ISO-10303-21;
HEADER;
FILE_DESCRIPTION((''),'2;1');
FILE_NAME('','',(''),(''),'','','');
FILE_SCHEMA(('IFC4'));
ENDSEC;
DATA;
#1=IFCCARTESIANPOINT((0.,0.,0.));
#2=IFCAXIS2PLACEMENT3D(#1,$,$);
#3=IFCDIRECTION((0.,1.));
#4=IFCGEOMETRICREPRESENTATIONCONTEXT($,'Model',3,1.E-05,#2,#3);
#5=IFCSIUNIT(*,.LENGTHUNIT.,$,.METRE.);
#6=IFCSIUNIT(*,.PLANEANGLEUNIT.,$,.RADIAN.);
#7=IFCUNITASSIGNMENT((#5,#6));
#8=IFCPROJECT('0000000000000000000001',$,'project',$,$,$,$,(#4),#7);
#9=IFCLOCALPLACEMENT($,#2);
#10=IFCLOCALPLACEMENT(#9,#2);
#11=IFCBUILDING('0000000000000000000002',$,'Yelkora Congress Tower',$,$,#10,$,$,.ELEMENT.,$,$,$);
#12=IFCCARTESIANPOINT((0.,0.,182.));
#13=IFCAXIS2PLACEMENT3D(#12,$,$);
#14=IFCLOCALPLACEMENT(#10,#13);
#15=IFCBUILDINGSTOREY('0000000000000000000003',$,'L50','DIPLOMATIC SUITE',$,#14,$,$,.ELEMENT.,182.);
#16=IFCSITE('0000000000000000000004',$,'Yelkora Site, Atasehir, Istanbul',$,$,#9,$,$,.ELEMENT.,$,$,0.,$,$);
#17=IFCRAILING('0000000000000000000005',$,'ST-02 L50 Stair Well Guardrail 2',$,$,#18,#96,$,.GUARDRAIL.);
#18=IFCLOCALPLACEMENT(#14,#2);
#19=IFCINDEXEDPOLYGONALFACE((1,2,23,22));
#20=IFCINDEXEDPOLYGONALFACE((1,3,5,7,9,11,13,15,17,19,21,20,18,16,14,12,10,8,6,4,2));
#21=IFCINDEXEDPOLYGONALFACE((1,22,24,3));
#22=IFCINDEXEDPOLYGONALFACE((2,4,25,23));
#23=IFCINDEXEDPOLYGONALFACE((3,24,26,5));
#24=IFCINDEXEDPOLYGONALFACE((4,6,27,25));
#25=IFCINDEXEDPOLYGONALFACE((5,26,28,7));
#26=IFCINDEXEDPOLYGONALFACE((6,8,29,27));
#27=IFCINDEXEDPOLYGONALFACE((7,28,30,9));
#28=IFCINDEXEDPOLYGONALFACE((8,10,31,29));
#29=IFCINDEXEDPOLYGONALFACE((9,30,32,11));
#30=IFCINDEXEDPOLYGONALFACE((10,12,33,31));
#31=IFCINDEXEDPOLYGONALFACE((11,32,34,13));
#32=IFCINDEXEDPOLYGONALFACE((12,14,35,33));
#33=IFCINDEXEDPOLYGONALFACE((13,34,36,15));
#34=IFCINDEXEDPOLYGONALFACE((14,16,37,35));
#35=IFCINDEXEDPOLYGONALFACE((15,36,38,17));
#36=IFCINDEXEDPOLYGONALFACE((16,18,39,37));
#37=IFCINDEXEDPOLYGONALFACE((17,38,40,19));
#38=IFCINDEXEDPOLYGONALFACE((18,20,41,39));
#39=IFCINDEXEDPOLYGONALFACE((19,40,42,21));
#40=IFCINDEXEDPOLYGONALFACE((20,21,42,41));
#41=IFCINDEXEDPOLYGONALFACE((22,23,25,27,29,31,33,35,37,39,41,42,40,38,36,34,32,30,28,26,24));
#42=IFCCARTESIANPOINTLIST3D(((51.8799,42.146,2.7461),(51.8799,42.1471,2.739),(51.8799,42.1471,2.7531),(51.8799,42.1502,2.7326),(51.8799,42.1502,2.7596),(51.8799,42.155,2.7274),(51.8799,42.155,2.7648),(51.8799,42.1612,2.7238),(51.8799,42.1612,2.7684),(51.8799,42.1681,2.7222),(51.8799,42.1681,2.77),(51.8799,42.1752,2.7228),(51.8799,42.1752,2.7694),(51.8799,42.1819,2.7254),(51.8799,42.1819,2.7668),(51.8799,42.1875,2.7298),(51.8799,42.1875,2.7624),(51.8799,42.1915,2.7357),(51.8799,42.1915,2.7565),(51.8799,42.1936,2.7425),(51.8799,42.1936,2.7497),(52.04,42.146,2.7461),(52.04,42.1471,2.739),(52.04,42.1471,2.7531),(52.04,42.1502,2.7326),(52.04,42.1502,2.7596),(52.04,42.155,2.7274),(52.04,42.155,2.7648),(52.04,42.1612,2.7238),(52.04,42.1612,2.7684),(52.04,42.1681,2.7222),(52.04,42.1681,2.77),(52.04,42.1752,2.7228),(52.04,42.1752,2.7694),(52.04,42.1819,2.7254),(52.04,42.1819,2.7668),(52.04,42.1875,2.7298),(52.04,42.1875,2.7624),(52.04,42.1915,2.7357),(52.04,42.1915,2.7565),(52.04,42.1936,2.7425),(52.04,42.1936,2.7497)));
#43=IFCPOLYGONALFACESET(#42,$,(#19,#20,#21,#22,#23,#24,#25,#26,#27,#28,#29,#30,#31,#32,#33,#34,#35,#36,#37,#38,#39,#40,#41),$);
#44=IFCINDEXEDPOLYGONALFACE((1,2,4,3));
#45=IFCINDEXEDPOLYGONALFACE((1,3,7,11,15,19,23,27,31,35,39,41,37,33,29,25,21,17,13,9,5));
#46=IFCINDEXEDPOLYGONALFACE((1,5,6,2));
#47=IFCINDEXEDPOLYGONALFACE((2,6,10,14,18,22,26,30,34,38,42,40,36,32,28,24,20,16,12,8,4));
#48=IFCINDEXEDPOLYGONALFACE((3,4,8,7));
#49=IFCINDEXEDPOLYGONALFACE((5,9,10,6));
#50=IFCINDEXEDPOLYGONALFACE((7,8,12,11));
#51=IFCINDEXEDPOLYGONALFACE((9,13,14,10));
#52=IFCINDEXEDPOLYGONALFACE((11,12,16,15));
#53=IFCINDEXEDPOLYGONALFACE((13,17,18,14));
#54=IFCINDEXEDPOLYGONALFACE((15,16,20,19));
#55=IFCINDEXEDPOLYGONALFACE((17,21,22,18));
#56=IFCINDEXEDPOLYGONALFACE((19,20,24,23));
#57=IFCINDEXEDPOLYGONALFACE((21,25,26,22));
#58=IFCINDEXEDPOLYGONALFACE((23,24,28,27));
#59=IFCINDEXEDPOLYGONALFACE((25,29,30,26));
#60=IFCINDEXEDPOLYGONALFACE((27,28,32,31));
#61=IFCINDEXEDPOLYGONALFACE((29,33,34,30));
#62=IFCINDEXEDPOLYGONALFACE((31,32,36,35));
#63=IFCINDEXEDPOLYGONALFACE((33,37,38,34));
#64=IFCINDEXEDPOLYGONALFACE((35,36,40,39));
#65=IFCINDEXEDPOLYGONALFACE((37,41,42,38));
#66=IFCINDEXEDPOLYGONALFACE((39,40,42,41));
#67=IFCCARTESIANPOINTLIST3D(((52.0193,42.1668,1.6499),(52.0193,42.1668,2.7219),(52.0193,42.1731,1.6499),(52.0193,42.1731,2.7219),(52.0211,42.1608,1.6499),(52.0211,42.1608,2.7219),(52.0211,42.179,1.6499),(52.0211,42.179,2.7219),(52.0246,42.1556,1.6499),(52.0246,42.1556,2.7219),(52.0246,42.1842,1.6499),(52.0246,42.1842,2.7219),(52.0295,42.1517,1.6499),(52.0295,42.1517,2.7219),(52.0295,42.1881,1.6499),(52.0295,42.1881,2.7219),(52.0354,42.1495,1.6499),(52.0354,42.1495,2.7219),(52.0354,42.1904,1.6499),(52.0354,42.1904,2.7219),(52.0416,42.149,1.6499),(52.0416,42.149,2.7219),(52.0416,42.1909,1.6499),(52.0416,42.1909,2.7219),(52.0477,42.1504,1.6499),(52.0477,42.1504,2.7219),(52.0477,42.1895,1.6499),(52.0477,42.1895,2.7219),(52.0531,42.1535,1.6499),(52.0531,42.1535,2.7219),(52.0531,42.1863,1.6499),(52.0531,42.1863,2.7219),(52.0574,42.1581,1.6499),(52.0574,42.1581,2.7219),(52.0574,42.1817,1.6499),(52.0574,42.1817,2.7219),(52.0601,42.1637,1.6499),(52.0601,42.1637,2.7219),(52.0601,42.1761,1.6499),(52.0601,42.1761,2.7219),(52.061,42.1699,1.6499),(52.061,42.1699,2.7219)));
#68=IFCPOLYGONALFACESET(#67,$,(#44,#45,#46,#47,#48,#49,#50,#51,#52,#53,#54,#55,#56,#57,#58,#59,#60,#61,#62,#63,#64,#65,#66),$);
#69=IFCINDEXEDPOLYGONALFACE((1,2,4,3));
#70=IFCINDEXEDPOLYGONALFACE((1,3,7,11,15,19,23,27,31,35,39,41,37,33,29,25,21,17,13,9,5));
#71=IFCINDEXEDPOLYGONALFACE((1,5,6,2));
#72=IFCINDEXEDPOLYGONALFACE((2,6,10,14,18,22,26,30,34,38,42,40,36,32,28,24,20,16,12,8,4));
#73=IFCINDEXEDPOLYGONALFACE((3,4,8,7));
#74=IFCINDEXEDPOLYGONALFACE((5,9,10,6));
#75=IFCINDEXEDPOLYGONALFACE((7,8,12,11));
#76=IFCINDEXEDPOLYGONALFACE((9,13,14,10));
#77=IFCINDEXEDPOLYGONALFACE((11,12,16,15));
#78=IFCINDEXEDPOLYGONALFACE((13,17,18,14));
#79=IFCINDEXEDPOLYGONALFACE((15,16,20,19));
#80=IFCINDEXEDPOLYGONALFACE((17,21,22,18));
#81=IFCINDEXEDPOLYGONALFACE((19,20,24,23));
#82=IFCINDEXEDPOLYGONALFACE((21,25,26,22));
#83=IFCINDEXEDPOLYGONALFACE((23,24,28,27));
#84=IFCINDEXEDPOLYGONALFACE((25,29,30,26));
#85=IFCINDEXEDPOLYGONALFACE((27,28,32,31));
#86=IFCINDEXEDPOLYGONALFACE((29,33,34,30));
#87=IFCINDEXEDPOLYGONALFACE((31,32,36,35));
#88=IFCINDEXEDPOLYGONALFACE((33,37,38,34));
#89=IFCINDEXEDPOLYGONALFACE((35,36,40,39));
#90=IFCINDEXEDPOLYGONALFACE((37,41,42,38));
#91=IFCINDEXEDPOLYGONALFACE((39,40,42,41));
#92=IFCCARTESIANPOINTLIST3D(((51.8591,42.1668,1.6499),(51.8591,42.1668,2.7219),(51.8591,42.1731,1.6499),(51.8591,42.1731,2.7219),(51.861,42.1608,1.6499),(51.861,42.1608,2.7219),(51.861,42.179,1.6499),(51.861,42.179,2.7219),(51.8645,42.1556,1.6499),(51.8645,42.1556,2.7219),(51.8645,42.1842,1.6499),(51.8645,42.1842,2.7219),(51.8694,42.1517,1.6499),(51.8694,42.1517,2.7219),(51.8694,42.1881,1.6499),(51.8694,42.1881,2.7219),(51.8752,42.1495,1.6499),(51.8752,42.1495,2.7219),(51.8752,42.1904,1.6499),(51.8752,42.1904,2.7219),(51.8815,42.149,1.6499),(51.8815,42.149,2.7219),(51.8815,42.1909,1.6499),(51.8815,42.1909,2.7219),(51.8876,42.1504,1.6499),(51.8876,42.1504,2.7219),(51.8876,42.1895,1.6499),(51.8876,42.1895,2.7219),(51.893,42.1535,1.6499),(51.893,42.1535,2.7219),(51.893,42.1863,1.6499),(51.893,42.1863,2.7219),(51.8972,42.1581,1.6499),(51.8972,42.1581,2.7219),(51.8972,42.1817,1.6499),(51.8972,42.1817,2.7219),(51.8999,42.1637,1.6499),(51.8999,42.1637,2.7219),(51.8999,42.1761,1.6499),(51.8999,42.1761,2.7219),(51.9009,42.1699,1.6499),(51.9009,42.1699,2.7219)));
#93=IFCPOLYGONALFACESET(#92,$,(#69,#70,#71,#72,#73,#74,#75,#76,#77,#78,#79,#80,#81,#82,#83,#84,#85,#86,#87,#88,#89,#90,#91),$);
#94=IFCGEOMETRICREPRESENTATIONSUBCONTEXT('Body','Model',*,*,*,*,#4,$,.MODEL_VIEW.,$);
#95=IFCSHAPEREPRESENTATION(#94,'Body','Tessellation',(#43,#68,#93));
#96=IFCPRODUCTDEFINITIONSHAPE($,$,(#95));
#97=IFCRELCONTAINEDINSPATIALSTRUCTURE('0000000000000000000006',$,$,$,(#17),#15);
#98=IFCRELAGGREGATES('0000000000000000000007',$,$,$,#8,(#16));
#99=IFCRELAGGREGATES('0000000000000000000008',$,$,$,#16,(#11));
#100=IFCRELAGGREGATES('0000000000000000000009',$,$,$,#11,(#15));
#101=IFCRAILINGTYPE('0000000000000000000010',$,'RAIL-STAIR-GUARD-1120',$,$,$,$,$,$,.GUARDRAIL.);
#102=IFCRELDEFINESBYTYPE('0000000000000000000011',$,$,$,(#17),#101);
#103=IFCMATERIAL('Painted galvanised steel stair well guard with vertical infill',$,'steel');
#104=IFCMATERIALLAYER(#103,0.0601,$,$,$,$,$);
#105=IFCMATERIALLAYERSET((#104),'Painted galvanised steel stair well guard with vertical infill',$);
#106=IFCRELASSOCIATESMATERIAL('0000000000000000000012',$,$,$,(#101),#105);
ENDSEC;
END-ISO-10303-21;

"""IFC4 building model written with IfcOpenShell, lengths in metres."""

from ifc_helpers import new_model, si_unit, direction, frame, origin, origin_2d, place, context, subcontext, project, spatial, circle, extrude, material, layer, layer_set, type_object, element, save


model = new_model("IFC4")

# Units and contexts
model_context = context("Model", 3, precision=1e-05, world=origin(), true_north=direction((0.0, 1.0)))
body_context = subcontext(model_context, "Body", "Model", "MODEL_VIEW")
ifc_project = project(units=[si_unit("LENGTHUNIT", "METRE"), si_unit("PLANEANGLEUNIT", "RADIAN")], contexts=[model_context])

# Site, building, storey
site_placement = place(None, origin())
site = spatial("IfcSite", under=ifc_project, at=site_placement, Name="Yelkora Site, Atasehir, Istanbul", CompositionType="ELEMENT", RefElevation=0.0)
building_placement = place(site_placement, origin())
building = spatial("IfcBuilding", under=site, at=building_placement, Name="Yelkora Congress Tower", CompositionType="ELEMENT")
storey_placement = place(building_placement, frame((0.0, 0.0, 182.0)))
storey = spatial("IfcBuildingStorey", under=building, at=storey_placement, Name="L50", Description="DIPLOMATIC SUITE", CompositionType="ELEMENT", Elevation=182.0)

# Railing
ifc_material_1 = material(Name="Painted galvanised steel stair well guard with vertical infill", Category="steel")
ifc_layer_1 = layer(ifc_material_1, 0.0601)
ifc_layer_set_1 = layer_set([ifc_layer_1], Name="Painted galvanised steel stair well guard with vertical infill")
railing_type_1 = type_object("IfcRailingType", Name="RAIL-STAIR-GUARD-1120", PredefinedType="GUARDRAIL", material=ifc_layer_set_1)
railing_1_placement = place(storey_placement, frame((52.04, 42.1699, 1.6499)))
element("IfcRailing", 1, at=railing_1_placement, inside=storey, type_object=railing_type_1, Name="ST-02 L50 Stair Well Guardrail 2", PredefinedType="GUARDRAIL", context=body_context, shape_type="SweptSolid", body=[
    extrude(circle(Radius=0.0239, at=origin_2d()), frame((0.0, 0.0, 1.0962), z_axis=(-1.0, 0.0, 0.0), x_axis=(0.0, -1.0, 0.0)), (0.0, 0.0, 1.0), 0.1602),
    extrude(circle(Radius=0.021, at=origin_2d()), origin(), (0.0, 0.0, 1.0), 1.072),
    extrude(circle(Radius=0.021, at=origin_2d()), frame((-0.1602, 0.0, 0.0)), (0.0, 0.0, 1.0), 1.072),
])

save(model, "model.ifc")
